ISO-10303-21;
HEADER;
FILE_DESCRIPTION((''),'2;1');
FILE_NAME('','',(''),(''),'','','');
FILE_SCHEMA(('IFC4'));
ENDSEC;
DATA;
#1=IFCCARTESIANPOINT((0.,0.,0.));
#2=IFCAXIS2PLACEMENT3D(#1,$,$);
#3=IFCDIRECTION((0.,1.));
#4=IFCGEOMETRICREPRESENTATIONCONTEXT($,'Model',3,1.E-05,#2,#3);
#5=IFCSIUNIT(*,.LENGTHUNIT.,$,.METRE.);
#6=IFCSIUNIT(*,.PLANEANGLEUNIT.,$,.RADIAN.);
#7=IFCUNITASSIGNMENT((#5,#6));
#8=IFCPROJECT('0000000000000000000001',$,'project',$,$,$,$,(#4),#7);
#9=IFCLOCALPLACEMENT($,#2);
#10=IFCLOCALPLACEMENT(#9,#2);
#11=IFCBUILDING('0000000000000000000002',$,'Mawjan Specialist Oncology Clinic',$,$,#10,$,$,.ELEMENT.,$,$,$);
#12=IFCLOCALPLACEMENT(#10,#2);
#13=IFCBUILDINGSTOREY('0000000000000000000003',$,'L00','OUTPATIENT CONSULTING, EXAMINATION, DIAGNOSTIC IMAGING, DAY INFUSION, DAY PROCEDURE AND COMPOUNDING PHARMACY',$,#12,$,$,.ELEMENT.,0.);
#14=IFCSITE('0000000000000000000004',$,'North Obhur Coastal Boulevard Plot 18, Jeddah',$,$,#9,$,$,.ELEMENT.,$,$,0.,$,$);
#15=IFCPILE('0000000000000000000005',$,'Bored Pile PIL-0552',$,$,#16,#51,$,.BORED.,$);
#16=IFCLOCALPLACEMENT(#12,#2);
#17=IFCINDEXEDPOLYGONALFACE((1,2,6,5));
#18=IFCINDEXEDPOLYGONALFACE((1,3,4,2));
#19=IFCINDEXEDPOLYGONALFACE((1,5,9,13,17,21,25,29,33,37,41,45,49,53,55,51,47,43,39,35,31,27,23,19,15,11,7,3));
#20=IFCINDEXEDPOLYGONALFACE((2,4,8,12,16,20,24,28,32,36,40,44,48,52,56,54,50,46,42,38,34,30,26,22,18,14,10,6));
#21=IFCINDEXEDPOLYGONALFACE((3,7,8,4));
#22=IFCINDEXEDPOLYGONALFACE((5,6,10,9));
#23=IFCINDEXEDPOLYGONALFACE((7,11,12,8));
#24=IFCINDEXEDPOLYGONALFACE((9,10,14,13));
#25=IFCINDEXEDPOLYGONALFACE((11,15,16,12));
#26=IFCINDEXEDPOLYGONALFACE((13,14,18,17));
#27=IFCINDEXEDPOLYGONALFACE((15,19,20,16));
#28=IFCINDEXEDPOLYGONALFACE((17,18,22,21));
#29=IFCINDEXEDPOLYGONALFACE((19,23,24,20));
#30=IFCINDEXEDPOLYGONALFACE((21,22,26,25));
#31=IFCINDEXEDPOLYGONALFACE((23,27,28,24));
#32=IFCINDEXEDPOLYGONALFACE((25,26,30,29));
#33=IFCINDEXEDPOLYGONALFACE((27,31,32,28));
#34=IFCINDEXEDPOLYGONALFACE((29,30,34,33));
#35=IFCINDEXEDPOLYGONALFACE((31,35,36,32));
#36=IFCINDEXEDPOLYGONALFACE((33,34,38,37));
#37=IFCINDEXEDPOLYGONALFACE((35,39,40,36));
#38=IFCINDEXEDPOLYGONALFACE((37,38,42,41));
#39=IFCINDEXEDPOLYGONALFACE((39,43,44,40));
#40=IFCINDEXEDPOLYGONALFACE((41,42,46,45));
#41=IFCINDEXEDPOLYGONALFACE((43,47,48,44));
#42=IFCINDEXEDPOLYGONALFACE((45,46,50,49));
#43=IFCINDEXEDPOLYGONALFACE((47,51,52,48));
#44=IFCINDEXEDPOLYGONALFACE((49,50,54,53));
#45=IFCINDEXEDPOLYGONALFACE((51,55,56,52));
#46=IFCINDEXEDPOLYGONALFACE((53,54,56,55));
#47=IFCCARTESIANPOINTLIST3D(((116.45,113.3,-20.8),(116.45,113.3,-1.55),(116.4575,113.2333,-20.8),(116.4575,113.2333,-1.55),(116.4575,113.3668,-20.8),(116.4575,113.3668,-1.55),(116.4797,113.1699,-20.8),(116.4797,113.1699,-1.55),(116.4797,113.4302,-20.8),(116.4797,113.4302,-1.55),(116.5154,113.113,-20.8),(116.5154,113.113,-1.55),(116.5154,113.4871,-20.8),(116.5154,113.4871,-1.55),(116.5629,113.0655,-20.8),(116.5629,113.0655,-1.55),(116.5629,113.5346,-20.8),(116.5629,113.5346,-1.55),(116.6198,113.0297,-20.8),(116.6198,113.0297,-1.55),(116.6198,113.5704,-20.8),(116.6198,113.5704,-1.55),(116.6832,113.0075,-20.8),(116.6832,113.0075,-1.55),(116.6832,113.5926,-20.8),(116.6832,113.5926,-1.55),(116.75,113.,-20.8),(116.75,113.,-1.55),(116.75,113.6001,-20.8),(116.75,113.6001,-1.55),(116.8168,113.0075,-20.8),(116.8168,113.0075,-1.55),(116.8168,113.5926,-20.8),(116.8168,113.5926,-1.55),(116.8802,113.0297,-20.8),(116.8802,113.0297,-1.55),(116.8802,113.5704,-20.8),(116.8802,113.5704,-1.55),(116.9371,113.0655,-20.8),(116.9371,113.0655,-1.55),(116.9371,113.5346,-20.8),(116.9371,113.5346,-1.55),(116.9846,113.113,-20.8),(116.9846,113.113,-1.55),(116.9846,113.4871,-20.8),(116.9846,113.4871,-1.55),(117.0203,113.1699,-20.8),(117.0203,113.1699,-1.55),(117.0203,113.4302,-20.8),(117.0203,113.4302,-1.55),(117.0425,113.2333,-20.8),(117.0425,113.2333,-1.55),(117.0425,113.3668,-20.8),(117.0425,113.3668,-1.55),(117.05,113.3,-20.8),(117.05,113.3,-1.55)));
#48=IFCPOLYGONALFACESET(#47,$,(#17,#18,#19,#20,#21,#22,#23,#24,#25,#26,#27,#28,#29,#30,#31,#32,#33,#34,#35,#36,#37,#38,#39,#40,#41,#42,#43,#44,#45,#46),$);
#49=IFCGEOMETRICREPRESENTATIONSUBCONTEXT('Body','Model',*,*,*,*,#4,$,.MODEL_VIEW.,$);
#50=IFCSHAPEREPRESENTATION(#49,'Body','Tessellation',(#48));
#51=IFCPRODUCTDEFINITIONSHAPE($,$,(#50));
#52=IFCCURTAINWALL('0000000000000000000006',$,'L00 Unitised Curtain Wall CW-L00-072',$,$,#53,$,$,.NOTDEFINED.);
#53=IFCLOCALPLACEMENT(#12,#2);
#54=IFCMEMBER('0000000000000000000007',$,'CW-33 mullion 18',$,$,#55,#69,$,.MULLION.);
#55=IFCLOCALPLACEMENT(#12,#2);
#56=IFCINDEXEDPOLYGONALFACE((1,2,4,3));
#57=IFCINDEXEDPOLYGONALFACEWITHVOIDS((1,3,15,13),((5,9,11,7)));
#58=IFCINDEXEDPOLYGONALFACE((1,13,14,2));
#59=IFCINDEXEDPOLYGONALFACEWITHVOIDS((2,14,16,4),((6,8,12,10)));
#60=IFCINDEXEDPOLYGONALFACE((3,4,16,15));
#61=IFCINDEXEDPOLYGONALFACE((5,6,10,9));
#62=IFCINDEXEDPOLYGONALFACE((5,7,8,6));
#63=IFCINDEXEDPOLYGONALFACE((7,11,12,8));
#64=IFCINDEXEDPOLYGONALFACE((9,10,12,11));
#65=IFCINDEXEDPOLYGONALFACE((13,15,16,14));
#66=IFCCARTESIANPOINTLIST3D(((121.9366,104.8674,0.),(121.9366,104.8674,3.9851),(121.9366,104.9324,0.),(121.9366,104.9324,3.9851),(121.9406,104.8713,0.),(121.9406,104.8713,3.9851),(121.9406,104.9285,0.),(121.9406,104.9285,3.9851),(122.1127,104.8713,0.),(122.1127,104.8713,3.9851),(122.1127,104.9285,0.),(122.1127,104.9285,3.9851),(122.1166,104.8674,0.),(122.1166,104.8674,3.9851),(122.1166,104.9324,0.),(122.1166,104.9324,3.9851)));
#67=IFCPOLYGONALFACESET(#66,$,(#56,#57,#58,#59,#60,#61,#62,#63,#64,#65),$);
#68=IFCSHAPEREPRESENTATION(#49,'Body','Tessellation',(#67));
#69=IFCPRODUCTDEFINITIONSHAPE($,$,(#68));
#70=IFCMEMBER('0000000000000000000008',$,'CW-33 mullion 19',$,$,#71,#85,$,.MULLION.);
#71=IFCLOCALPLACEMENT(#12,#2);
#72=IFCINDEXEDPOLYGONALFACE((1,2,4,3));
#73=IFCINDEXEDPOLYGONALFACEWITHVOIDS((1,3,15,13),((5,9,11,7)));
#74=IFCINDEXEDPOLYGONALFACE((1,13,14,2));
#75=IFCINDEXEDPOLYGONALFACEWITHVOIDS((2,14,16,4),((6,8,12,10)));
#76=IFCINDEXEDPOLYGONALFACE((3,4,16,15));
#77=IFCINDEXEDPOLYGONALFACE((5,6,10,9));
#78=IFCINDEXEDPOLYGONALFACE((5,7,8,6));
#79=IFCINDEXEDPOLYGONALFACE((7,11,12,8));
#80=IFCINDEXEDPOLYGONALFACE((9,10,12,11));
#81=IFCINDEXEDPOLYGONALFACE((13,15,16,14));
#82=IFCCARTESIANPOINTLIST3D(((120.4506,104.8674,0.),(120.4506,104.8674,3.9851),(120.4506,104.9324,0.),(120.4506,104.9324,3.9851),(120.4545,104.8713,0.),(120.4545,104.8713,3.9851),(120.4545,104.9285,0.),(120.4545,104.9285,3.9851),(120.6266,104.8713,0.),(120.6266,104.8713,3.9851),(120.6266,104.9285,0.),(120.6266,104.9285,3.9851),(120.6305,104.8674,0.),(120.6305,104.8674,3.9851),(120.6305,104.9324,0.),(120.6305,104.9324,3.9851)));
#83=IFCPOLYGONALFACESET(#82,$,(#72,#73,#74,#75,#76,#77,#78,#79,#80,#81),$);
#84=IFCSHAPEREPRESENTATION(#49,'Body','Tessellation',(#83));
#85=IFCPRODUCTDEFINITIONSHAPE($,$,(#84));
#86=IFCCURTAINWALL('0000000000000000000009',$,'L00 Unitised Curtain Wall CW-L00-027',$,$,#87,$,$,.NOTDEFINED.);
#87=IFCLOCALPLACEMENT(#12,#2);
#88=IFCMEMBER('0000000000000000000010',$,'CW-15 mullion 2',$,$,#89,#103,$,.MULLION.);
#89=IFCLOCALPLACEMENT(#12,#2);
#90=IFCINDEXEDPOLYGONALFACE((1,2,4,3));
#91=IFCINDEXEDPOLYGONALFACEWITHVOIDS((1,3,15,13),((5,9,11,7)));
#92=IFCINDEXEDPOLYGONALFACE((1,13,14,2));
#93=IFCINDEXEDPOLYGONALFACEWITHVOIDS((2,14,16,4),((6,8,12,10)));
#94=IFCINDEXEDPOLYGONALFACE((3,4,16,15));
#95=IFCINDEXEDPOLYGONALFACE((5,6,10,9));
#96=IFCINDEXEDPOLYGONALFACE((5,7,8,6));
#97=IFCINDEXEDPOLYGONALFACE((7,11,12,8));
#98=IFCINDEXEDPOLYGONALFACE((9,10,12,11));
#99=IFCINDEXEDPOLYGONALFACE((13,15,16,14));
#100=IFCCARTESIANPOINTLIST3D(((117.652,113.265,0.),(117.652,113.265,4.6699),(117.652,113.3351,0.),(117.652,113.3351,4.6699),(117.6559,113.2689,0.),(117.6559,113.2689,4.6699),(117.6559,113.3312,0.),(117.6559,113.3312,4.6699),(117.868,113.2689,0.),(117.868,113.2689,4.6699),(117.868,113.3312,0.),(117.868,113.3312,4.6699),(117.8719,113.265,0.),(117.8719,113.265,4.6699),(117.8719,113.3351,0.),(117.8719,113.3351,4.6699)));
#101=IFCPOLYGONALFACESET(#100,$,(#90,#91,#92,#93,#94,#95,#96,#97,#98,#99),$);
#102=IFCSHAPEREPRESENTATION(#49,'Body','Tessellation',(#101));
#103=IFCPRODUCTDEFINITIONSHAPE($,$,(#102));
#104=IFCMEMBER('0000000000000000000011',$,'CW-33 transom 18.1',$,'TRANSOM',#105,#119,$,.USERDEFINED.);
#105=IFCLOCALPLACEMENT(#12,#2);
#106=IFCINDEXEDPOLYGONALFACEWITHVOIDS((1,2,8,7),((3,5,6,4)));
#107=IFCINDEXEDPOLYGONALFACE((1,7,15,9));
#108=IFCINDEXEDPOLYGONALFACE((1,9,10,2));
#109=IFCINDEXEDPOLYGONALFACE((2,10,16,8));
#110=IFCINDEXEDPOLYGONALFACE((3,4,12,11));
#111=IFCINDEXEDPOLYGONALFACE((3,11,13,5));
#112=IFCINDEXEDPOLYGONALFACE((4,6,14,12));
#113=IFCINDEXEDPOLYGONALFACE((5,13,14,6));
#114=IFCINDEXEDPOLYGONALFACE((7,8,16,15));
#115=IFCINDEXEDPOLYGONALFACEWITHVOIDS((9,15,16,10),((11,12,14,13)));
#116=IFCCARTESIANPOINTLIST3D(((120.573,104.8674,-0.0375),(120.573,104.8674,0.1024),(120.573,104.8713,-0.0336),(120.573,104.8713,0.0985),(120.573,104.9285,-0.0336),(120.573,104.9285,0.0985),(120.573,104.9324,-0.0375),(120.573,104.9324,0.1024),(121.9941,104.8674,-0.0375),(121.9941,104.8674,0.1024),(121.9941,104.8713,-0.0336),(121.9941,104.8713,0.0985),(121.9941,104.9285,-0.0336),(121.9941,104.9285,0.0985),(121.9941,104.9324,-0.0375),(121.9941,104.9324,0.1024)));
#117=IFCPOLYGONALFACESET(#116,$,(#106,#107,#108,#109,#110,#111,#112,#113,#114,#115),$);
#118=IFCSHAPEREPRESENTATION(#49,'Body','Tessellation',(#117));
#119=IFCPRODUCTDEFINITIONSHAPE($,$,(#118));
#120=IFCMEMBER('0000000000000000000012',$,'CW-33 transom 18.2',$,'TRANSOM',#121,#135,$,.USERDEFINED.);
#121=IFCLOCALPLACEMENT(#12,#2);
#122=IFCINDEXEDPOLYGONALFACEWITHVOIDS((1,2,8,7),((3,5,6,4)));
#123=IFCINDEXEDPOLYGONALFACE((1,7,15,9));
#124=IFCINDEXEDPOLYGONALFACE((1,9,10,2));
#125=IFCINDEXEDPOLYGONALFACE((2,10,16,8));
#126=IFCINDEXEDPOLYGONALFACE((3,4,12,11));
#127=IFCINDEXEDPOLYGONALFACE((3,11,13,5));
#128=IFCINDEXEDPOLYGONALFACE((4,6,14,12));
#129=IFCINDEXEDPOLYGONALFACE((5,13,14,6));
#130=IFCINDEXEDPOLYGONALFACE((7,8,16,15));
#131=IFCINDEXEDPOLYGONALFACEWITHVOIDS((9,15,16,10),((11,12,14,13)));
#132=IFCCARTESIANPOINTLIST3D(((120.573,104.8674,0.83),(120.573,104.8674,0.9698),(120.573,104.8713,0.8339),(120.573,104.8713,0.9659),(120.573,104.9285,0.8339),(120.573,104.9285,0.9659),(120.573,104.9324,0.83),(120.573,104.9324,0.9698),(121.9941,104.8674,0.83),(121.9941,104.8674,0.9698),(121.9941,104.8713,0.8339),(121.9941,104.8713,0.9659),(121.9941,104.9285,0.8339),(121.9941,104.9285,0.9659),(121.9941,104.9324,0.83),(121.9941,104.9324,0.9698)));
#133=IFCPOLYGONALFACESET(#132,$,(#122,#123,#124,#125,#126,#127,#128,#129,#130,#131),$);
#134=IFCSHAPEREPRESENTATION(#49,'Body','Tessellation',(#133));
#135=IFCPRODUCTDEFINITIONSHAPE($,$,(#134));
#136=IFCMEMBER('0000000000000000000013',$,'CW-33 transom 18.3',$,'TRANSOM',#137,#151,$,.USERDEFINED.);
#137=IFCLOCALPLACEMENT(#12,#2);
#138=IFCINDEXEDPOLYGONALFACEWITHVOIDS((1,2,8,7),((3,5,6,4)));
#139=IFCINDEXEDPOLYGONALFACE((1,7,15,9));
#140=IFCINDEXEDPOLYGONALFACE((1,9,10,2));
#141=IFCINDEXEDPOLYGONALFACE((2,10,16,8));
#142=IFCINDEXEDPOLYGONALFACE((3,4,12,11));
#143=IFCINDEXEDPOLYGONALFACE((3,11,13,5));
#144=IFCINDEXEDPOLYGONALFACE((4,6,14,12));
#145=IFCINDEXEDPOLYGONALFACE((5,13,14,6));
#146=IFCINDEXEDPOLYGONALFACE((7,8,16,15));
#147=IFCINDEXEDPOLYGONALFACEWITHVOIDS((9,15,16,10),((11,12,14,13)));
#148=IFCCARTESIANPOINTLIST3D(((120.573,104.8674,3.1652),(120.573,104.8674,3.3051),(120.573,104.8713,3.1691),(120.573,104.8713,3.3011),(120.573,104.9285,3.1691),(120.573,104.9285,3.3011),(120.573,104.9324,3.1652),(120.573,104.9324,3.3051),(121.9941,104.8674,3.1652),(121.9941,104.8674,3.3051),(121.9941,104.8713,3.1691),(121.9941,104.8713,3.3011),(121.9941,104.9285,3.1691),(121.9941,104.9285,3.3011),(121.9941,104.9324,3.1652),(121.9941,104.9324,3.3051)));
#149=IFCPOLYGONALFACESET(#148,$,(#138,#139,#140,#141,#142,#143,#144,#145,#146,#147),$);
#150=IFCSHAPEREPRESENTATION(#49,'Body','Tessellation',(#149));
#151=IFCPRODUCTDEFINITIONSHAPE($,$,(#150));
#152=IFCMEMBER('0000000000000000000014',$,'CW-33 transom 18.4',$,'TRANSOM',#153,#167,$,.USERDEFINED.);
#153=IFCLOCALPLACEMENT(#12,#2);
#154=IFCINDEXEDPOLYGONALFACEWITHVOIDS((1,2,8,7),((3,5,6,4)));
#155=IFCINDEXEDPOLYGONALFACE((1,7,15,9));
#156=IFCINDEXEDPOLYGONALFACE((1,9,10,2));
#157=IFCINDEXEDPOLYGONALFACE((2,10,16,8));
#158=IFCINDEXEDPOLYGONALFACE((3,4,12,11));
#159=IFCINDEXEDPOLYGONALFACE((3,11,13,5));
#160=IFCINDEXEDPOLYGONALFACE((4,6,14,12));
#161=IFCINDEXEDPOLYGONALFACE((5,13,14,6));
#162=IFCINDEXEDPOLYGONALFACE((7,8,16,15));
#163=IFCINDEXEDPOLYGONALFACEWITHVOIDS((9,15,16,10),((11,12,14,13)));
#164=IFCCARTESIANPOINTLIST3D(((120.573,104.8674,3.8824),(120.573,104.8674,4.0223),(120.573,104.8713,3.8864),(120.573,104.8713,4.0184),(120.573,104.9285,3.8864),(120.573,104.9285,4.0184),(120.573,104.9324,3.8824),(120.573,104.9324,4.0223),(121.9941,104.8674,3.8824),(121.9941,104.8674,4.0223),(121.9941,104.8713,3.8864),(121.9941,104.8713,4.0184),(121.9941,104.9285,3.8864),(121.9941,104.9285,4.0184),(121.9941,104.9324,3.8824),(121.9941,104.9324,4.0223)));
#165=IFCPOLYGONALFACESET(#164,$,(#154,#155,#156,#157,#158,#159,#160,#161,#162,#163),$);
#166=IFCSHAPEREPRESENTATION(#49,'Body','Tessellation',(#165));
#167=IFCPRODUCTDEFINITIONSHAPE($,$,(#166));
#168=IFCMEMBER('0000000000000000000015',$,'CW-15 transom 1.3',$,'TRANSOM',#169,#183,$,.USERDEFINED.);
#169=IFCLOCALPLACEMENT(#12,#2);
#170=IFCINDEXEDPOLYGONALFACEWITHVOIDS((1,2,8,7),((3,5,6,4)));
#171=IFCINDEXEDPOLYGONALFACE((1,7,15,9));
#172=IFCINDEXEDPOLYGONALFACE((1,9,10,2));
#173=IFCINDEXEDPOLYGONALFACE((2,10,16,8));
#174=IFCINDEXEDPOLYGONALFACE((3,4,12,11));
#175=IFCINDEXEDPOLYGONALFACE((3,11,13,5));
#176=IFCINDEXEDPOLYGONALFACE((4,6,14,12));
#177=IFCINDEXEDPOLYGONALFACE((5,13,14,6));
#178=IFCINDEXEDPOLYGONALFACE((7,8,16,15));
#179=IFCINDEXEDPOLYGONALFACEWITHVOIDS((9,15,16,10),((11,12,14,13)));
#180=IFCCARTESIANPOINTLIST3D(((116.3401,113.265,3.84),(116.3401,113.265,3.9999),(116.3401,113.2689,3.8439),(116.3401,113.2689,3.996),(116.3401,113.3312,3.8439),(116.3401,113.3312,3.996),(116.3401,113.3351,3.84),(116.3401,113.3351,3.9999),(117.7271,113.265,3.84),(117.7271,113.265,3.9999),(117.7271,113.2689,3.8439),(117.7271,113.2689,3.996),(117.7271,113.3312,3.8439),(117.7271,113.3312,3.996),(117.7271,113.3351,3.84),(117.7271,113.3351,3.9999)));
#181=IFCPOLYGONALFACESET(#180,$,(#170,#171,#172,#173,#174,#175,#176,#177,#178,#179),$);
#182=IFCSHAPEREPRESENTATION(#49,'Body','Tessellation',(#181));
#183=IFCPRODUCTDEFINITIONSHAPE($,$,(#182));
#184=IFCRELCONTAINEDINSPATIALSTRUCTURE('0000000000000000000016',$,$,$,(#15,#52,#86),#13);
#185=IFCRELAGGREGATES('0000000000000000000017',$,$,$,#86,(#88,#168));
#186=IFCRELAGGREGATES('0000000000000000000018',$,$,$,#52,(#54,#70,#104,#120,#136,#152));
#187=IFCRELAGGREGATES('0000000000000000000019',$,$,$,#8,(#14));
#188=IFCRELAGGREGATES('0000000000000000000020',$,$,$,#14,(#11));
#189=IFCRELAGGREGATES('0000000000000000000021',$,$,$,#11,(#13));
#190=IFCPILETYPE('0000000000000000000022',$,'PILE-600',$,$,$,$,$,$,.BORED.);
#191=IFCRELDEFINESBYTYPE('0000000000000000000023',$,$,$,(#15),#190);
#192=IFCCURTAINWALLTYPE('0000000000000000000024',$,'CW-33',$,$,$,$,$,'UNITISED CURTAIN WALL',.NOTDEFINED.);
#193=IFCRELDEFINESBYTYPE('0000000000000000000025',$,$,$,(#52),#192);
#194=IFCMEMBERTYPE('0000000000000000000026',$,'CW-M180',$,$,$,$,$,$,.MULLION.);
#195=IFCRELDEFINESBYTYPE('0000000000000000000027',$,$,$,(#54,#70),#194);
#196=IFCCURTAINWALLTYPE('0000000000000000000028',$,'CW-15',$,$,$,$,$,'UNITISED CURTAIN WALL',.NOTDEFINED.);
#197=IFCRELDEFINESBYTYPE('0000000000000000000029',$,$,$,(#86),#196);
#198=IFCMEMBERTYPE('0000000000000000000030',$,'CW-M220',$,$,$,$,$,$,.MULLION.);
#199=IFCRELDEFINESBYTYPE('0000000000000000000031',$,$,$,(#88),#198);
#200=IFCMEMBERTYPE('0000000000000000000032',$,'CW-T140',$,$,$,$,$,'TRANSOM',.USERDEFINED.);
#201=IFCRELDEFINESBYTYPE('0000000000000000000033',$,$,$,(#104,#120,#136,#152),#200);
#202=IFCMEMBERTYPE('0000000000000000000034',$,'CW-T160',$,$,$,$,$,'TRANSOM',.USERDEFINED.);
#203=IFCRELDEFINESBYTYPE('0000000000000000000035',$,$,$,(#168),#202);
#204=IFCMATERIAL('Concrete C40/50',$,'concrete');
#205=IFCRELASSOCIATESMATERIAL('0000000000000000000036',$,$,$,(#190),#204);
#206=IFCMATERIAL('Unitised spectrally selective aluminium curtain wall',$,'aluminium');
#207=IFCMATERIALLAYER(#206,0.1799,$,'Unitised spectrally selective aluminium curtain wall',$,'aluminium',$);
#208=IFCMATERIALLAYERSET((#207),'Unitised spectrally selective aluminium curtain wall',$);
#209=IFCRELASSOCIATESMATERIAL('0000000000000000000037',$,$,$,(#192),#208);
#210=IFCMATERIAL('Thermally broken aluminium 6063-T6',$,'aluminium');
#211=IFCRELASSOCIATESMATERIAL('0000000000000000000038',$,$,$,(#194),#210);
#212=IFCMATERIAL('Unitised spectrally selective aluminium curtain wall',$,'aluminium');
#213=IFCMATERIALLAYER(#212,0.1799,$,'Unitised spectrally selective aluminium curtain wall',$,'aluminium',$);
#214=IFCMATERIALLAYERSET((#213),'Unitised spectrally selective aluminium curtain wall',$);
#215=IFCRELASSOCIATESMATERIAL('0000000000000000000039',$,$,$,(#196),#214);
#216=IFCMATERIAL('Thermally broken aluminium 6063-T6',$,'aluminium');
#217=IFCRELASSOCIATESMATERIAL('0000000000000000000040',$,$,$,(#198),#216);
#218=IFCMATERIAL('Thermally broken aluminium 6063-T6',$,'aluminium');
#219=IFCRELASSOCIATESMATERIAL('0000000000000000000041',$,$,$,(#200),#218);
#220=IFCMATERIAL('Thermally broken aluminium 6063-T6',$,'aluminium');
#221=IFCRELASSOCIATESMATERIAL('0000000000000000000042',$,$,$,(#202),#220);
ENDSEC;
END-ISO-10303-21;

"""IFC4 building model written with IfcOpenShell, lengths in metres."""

from ifc_helpers import new_model, si_unit, direction, frame, origin, origin_2d, place, context, subcontext, project, spatial, hollow_rectangle, circle, extrude, material, layer, layer_set, material_profile, profile_set, type_object, element, aggregate, save


model = new_model("IFC4")

# Units and contexts
model_context = context("Model", 3, precision=1e-05, world=origin(), true_north=direction((0.0, 1.0)))
body_context = subcontext(model_context, "Body", "Model", "MODEL_VIEW")
ifc_project = project(units=[si_unit("LENGTHUNIT", "METRE"), si_unit("PLANEANGLEUNIT", "RADIAN")], contexts=[model_context])

# Site, building, storey
site_placement = place(None, origin())
site = spatial("IfcSite", under=ifc_project, at=site_placement, Name="North Obhur Coastal Boulevard Plot 18, Jeddah", CompositionType="ELEMENT", RefElevation=0.0)
building_placement = place(site_placement, origin())
building = spatial("IfcBuilding", under=site, at=building_placement, Name="Mawjan Specialist Oncology Clinic", CompositionType="ELEMENT")
storey_placement = place(building_placement, origin())
storey = spatial("IfcBuildingStorey", under=building, at=storey_placement, Name="L00", Description="OUTPATIENT CONSULTING, EXAMINATION, DIAGNOSTIC IMAGING, DAY INFUSION, DAY PROCEDURE AND COMPOUNDING PHARMACY", CompositionType="ELEMENT", Elevation=0.0)

# Pile
ifc_material_1 = material(Name="Concrete C40/50", Category="concrete")
ifc_material_profile_1 = material_profile(ifc_material_1, circle(Radius=0.3, at=origin_2d()), Name="BORED PILE D600", Category="concrete")
ifc_profile_set_1 = profile_set([ifc_material_profile_1], Name="Concrete C40/50")
pile_type = type_object("IfcPileType", Name="PILE-600", PredefinedType="BORED", material=ifc_profile_set_1)
pile_placement = place(storey_placement, frame((116.75, 113.3, -1.55), z_axis=(0.0, 0.0, -1.0), x_axis=(1.0, 0.0, 0.0)))
element("IfcPile", 1, at=pile_placement, inside=storey, type_object=pile_type, Name="Bored Pile PIL-0552", PredefinedType="BORED", context=body_context, shape_type="SweptSolid", body=[
    extrude(circle(Radius=0.3, at=origin_2d()), origin(), (0.0, 0.0, 1.0), 19.25),
])

# Curtain wall, members
ifc_material_2 = material(Name="Unitised spectrally selective aluminium curtain wall", Category="aluminium")
ifc_layer_1 = layer(ifc_material_2, 0.1799, Name="Unitised spectrally selective aluminium curtain wall", Category="aluminium")
ifc_layer_set_1 = layer_set([ifc_layer_1], Name="Unitised spectrally selective aluminium curtain wall")
curtain_wall_type_1 = type_object("IfcCurtainWallType", Name="CW-33", ElementType="UNITISED CURTAIN WALL", PredefinedType="NOTDEFINED", material=ifc_layer_set_1)
curtain_wall_1_placement = place(storey_placement, origin())
curtain_wall_1 = element("IfcCurtainWall", 2, at=curtain_wall_1_placement, inside=storey, type_object=curtain_wall_type_1, Name="L00 Unitised Curtain Wall CW-L00-072", PredefinedType="NOTDEFINED")
ifc_material_3 = material(Name="Thermally broken aluminium 6063-T6", Category="aluminium")
ifc_material_profile_2 = material_profile(ifc_material_3, hollow_rectangle(XDim=0.0649, YDim=0.1799, WallThickness=0.0039, at=origin_2d()), Name="ALU MULLION 180x65x4", Category="aluminium")
ifc_profile_set_2 = profile_set([ifc_material_profile_2], Name="Thermally broken aluminium 6063-T6")
member_type_1 = type_object("IfcMemberType", Name="CW-M180", PredefinedType="MULLION", material=ifc_profile_set_2)
member_1_placement = place(storey_placement, frame((122.0266, 104.8999, 0.0), z_axis=(0.0, 0.0, 1.0), x_axis=(0.0, -1.0, 0.0)))
member_1 = element("IfcMember", 3, at=member_1_placement, type_object=member_type_1, Name="CW-33 mullion 18", PredefinedType="MULLION", context=body_context, shape_type="SweptSolid", body=[
    extrude(hollow_rectangle(XDim=0.0649, YDim=0.1799, WallThickness=0.0039, at=origin_2d()), origin(), (0.0, 0.0, 1.0), 3.9851),
])
member_2_placement = place(storey_placement, frame((120.5405, 104.8999, 0.0), z_axis=(0.0, 0.0, 1.0), x_axis=(0.0, -1.0, 0.0)))
member_2 = element("IfcMember", 4, at=member_2_placement, type_object=member_type_1, Name="CW-33 mullion 19", PredefinedType="MULLION", context=body_context, shape_type="SweptSolid", body=[
    extrude(hollow_rectangle(XDim=0.0649, YDim=0.1799, WallThickness=0.0039, at=origin_2d()), origin(), (0.0, 0.0, 1.0), 3.9851),
])

# Curtain wall, member
ifc_material_4 = material(Name="Unitised spectrally selective aluminium curtain wall", Category="aluminium")
ifc_layer_2 = layer(ifc_material_4, 0.1799, Name="Unitised spectrally selective aluminium curtain wall", Category="aluminium")
ifc_layer_set_2 = layer_set([ifc_layer_2], Name="Unitised spectrally selective aluminium curtain wall")
curtain_wall_type_2 = type_object("IfcCurtainWallType", Name="CW-15", ElementType="UNITISED CURTAIN WALL", PredefinedType="NOTDEFINED", material=ifc_layer_set_2)
curtain_wall_2_placement = place(storey_placement, origin())
curtain_wall_2 = element("IfcCurtainWall", 5, at=curtain_wall_2_placement, inside=storey, type_object=curtain_wall_type_2, Name="L00 Unitised Curtain Wall CW-L00-027", PredefinedType="NOTDEFINED")
ifc_material_5 = material(Name="Thermally broken aluminium 6063-T6", Category="aluminium")
ifc_material_profile_3 = material_profile(ifc_material_5, hollow_rectangle(XDim=0.0701, YDim=0.22, WallThickness=0.0039, at=origin_2d()), Name="ALU MULLION 220x70x4", Category="aluminium")
ifc_profile_set_3 = profile_set([ifc_material_profile_3], Name="Thermally broken aluminium 6063-T6")
member_type_2 = type_object("IfcMemberType", Name="CW-M220", PredefinedType="MULLION", material=ifc_profile_set_3)
member_3_placement = place(storey_placement, frame((117.762, 113.3, 0.0), z_axis=(0.0, 0.0, 1.0), x_axis=(0.0, 1.0, 0.0)))
member_3 = element("IfcMember", 6, at=member_3_placement, type_object=member_type_2, Name="CW-15 mullion 2", PredefinedType="MULLION", context=body_context, shape_type="SweptSolid", body=[
    extrude(hollow_rectangle(XDim=0.0701, YDim=0.22, WallThickness=0.0039, at=origin_2d()), origin(), (0.0, 0.0, 1.0), 4.6699),
])

# Members
ifc_material_6 = material(Name="Thermally broken aluminium 6063-T6", Category="aluminium")
ifc_material_profile_4 = material_profile(ifc_material_6, hollow_rectangle(XDim=0.0649, YDim=0.1399, WallThickness=0.0039, at=origin_2d()), Name="ALU TRANSOM 140x65x4", Category="aluminium")
ifc_profile_set_4 = profile_set([ifc_material_profile_4], Name="Thermally broken aluminium 6063-T6")
member_type_3 = type_object("IfcMemberType", Name="CW-T140", ElementType="TRANSOM", PredefinedType="USERDEFINED", material=ifc_profile_set_4)
member_4_placement = place(storey_placement, frame((121.9941, 104.8999, 0.0325), z_axis=(-1.0, 0.0, 0.0), x_axis=(0.0, -1.0, 0.0)))
member_4 = element("IfcMember", 7, at=member_4_placement, type_object=member_type_3, Name="CW-33 transom 18.1", ObjectType="TRANSOM", PredefinedType="USERDEFINED", context=body_context, shape_type="SweptSolid", body=[
    extrude(hollow_rectangle(XDim=0.0649, YDim=0.1399, WallThickness=0.0039, at=origin_2d()), origin(), (0.0, 0.0, 1.0), 1.4211),
])
member_5_placement = place(storey_placement, frame((121.9941, 104.8999, 0.8999), z_axis=(-1.0, 0.0, 0.0), x_axis=(0.0, -1.0, 0.0)))
member_5 = element("IfcMember", 8, at=member_5_placement, type_object=member_type_3, Name="CW-33 transom 18.2", ObjectType="TRANSOM", PredefinedType="USERDEFINED", context=body_context, shape_type="SweptSolid", body=[
    extrude(hollow_rectangle(XDim=0.0649, YDim=0.1399, WallThickness=0.0039, at=origin_2d()), origin(), (0.0, 0.0, 1.0), 1.4211),
])
member_6_placement = place(storey_placement, frame((121.9941, 104.8999, 3.2351), z_axis=(-1.0, 0.0, 0.0), x_axis=(0.0, -1.0, 0.0)))
member_6 = element("IfcMember", 9, at=member_6_placement, type_object=member_type_3, Name="CW-33 transom 18.3", ObjectType="TRANSOM", PredefinedType="USERDEFINED", context=body_context, shape_type="SweptSolid", body=[
    extrude(hollow_rectangle(XDim=0.0649, YDim=0.1399, WallThickness=0.0039, at=origin_2d()), origin(), (0.0, 0.0, 1.0), 1.4211),
])
member_7_placement = place(storey_placement, frame((121.9941, 104.8999, 3.9524), z_axis=(-1.0, 0.0, 0.0), x_axis=(0.0, -1.0, 0.0)))
member_7 = element("IfcMember", 10, at=member_7_placement, type_object=member_type_3, Name="CW-33 transom 18.4", ObjectType="TRANSOM", PredefinedType="USERDEFINED", context=body_context, shape_type="SweptSolid", body=[
    extrude(hollow_rectangle(XDim=0.0649, YDim=0.1399, WallThickness=0.0039, at=origin_2d()), origin(), (0.0, 0.0, 1.0), 1.4211),
])
ifc_material_7 = material(Name="Thermally broken aluminium 6063-T6", Category="aluminium")
ifc_material_profile_5 = material_profile(ifc_material_7, hollow_rectangle(XDim=0.0701, YDim=0.1599, WallThickness=0.0039, at=origin_2d()), Name="ALU TRANSOM 160x70x4", Category="aluminium")
ifc_profile_set_5 = profile_set([ifc_material_profile_5], Name="Thermally broken aluminium 6063-T6")
member_type_4 = type_object("IfcMemberType", Name="CW-T160", ElementType="TRANSOM", PredefinedType="USERDEFINED", material=ifc_profile_set_5)
member_8_placement = place(storey_placement, frame((116.3401, 113.3, 3.9199), z_axis=(1.0, 0.0, 0.0), x_axis=(0.0, 1.0, 0.0)))
member_8 = element("IfcMember", 11, at=member_8_placement, type_object=member_type_4, Name="CW-15 transom 1.3", ObjectType="TRANSOM", PredefinedType="USERDEFINED", context=body_context, shape_type="SweptSolid", body=[
    extrude(hollow_rectangle(XDim=0.0701, YDim=0.1599, WallThickness=0.0039, at=origin_2d()), origin(), (0.0, 0.0, 1.0), 1.387),
])

aggregate(curtain_wall_2, [member_3, member_8])
aggregate(curtain_wall_1, [member_1, member_2, member_4, member_5, member_6, member_7])

save(model, "model.ifc")
